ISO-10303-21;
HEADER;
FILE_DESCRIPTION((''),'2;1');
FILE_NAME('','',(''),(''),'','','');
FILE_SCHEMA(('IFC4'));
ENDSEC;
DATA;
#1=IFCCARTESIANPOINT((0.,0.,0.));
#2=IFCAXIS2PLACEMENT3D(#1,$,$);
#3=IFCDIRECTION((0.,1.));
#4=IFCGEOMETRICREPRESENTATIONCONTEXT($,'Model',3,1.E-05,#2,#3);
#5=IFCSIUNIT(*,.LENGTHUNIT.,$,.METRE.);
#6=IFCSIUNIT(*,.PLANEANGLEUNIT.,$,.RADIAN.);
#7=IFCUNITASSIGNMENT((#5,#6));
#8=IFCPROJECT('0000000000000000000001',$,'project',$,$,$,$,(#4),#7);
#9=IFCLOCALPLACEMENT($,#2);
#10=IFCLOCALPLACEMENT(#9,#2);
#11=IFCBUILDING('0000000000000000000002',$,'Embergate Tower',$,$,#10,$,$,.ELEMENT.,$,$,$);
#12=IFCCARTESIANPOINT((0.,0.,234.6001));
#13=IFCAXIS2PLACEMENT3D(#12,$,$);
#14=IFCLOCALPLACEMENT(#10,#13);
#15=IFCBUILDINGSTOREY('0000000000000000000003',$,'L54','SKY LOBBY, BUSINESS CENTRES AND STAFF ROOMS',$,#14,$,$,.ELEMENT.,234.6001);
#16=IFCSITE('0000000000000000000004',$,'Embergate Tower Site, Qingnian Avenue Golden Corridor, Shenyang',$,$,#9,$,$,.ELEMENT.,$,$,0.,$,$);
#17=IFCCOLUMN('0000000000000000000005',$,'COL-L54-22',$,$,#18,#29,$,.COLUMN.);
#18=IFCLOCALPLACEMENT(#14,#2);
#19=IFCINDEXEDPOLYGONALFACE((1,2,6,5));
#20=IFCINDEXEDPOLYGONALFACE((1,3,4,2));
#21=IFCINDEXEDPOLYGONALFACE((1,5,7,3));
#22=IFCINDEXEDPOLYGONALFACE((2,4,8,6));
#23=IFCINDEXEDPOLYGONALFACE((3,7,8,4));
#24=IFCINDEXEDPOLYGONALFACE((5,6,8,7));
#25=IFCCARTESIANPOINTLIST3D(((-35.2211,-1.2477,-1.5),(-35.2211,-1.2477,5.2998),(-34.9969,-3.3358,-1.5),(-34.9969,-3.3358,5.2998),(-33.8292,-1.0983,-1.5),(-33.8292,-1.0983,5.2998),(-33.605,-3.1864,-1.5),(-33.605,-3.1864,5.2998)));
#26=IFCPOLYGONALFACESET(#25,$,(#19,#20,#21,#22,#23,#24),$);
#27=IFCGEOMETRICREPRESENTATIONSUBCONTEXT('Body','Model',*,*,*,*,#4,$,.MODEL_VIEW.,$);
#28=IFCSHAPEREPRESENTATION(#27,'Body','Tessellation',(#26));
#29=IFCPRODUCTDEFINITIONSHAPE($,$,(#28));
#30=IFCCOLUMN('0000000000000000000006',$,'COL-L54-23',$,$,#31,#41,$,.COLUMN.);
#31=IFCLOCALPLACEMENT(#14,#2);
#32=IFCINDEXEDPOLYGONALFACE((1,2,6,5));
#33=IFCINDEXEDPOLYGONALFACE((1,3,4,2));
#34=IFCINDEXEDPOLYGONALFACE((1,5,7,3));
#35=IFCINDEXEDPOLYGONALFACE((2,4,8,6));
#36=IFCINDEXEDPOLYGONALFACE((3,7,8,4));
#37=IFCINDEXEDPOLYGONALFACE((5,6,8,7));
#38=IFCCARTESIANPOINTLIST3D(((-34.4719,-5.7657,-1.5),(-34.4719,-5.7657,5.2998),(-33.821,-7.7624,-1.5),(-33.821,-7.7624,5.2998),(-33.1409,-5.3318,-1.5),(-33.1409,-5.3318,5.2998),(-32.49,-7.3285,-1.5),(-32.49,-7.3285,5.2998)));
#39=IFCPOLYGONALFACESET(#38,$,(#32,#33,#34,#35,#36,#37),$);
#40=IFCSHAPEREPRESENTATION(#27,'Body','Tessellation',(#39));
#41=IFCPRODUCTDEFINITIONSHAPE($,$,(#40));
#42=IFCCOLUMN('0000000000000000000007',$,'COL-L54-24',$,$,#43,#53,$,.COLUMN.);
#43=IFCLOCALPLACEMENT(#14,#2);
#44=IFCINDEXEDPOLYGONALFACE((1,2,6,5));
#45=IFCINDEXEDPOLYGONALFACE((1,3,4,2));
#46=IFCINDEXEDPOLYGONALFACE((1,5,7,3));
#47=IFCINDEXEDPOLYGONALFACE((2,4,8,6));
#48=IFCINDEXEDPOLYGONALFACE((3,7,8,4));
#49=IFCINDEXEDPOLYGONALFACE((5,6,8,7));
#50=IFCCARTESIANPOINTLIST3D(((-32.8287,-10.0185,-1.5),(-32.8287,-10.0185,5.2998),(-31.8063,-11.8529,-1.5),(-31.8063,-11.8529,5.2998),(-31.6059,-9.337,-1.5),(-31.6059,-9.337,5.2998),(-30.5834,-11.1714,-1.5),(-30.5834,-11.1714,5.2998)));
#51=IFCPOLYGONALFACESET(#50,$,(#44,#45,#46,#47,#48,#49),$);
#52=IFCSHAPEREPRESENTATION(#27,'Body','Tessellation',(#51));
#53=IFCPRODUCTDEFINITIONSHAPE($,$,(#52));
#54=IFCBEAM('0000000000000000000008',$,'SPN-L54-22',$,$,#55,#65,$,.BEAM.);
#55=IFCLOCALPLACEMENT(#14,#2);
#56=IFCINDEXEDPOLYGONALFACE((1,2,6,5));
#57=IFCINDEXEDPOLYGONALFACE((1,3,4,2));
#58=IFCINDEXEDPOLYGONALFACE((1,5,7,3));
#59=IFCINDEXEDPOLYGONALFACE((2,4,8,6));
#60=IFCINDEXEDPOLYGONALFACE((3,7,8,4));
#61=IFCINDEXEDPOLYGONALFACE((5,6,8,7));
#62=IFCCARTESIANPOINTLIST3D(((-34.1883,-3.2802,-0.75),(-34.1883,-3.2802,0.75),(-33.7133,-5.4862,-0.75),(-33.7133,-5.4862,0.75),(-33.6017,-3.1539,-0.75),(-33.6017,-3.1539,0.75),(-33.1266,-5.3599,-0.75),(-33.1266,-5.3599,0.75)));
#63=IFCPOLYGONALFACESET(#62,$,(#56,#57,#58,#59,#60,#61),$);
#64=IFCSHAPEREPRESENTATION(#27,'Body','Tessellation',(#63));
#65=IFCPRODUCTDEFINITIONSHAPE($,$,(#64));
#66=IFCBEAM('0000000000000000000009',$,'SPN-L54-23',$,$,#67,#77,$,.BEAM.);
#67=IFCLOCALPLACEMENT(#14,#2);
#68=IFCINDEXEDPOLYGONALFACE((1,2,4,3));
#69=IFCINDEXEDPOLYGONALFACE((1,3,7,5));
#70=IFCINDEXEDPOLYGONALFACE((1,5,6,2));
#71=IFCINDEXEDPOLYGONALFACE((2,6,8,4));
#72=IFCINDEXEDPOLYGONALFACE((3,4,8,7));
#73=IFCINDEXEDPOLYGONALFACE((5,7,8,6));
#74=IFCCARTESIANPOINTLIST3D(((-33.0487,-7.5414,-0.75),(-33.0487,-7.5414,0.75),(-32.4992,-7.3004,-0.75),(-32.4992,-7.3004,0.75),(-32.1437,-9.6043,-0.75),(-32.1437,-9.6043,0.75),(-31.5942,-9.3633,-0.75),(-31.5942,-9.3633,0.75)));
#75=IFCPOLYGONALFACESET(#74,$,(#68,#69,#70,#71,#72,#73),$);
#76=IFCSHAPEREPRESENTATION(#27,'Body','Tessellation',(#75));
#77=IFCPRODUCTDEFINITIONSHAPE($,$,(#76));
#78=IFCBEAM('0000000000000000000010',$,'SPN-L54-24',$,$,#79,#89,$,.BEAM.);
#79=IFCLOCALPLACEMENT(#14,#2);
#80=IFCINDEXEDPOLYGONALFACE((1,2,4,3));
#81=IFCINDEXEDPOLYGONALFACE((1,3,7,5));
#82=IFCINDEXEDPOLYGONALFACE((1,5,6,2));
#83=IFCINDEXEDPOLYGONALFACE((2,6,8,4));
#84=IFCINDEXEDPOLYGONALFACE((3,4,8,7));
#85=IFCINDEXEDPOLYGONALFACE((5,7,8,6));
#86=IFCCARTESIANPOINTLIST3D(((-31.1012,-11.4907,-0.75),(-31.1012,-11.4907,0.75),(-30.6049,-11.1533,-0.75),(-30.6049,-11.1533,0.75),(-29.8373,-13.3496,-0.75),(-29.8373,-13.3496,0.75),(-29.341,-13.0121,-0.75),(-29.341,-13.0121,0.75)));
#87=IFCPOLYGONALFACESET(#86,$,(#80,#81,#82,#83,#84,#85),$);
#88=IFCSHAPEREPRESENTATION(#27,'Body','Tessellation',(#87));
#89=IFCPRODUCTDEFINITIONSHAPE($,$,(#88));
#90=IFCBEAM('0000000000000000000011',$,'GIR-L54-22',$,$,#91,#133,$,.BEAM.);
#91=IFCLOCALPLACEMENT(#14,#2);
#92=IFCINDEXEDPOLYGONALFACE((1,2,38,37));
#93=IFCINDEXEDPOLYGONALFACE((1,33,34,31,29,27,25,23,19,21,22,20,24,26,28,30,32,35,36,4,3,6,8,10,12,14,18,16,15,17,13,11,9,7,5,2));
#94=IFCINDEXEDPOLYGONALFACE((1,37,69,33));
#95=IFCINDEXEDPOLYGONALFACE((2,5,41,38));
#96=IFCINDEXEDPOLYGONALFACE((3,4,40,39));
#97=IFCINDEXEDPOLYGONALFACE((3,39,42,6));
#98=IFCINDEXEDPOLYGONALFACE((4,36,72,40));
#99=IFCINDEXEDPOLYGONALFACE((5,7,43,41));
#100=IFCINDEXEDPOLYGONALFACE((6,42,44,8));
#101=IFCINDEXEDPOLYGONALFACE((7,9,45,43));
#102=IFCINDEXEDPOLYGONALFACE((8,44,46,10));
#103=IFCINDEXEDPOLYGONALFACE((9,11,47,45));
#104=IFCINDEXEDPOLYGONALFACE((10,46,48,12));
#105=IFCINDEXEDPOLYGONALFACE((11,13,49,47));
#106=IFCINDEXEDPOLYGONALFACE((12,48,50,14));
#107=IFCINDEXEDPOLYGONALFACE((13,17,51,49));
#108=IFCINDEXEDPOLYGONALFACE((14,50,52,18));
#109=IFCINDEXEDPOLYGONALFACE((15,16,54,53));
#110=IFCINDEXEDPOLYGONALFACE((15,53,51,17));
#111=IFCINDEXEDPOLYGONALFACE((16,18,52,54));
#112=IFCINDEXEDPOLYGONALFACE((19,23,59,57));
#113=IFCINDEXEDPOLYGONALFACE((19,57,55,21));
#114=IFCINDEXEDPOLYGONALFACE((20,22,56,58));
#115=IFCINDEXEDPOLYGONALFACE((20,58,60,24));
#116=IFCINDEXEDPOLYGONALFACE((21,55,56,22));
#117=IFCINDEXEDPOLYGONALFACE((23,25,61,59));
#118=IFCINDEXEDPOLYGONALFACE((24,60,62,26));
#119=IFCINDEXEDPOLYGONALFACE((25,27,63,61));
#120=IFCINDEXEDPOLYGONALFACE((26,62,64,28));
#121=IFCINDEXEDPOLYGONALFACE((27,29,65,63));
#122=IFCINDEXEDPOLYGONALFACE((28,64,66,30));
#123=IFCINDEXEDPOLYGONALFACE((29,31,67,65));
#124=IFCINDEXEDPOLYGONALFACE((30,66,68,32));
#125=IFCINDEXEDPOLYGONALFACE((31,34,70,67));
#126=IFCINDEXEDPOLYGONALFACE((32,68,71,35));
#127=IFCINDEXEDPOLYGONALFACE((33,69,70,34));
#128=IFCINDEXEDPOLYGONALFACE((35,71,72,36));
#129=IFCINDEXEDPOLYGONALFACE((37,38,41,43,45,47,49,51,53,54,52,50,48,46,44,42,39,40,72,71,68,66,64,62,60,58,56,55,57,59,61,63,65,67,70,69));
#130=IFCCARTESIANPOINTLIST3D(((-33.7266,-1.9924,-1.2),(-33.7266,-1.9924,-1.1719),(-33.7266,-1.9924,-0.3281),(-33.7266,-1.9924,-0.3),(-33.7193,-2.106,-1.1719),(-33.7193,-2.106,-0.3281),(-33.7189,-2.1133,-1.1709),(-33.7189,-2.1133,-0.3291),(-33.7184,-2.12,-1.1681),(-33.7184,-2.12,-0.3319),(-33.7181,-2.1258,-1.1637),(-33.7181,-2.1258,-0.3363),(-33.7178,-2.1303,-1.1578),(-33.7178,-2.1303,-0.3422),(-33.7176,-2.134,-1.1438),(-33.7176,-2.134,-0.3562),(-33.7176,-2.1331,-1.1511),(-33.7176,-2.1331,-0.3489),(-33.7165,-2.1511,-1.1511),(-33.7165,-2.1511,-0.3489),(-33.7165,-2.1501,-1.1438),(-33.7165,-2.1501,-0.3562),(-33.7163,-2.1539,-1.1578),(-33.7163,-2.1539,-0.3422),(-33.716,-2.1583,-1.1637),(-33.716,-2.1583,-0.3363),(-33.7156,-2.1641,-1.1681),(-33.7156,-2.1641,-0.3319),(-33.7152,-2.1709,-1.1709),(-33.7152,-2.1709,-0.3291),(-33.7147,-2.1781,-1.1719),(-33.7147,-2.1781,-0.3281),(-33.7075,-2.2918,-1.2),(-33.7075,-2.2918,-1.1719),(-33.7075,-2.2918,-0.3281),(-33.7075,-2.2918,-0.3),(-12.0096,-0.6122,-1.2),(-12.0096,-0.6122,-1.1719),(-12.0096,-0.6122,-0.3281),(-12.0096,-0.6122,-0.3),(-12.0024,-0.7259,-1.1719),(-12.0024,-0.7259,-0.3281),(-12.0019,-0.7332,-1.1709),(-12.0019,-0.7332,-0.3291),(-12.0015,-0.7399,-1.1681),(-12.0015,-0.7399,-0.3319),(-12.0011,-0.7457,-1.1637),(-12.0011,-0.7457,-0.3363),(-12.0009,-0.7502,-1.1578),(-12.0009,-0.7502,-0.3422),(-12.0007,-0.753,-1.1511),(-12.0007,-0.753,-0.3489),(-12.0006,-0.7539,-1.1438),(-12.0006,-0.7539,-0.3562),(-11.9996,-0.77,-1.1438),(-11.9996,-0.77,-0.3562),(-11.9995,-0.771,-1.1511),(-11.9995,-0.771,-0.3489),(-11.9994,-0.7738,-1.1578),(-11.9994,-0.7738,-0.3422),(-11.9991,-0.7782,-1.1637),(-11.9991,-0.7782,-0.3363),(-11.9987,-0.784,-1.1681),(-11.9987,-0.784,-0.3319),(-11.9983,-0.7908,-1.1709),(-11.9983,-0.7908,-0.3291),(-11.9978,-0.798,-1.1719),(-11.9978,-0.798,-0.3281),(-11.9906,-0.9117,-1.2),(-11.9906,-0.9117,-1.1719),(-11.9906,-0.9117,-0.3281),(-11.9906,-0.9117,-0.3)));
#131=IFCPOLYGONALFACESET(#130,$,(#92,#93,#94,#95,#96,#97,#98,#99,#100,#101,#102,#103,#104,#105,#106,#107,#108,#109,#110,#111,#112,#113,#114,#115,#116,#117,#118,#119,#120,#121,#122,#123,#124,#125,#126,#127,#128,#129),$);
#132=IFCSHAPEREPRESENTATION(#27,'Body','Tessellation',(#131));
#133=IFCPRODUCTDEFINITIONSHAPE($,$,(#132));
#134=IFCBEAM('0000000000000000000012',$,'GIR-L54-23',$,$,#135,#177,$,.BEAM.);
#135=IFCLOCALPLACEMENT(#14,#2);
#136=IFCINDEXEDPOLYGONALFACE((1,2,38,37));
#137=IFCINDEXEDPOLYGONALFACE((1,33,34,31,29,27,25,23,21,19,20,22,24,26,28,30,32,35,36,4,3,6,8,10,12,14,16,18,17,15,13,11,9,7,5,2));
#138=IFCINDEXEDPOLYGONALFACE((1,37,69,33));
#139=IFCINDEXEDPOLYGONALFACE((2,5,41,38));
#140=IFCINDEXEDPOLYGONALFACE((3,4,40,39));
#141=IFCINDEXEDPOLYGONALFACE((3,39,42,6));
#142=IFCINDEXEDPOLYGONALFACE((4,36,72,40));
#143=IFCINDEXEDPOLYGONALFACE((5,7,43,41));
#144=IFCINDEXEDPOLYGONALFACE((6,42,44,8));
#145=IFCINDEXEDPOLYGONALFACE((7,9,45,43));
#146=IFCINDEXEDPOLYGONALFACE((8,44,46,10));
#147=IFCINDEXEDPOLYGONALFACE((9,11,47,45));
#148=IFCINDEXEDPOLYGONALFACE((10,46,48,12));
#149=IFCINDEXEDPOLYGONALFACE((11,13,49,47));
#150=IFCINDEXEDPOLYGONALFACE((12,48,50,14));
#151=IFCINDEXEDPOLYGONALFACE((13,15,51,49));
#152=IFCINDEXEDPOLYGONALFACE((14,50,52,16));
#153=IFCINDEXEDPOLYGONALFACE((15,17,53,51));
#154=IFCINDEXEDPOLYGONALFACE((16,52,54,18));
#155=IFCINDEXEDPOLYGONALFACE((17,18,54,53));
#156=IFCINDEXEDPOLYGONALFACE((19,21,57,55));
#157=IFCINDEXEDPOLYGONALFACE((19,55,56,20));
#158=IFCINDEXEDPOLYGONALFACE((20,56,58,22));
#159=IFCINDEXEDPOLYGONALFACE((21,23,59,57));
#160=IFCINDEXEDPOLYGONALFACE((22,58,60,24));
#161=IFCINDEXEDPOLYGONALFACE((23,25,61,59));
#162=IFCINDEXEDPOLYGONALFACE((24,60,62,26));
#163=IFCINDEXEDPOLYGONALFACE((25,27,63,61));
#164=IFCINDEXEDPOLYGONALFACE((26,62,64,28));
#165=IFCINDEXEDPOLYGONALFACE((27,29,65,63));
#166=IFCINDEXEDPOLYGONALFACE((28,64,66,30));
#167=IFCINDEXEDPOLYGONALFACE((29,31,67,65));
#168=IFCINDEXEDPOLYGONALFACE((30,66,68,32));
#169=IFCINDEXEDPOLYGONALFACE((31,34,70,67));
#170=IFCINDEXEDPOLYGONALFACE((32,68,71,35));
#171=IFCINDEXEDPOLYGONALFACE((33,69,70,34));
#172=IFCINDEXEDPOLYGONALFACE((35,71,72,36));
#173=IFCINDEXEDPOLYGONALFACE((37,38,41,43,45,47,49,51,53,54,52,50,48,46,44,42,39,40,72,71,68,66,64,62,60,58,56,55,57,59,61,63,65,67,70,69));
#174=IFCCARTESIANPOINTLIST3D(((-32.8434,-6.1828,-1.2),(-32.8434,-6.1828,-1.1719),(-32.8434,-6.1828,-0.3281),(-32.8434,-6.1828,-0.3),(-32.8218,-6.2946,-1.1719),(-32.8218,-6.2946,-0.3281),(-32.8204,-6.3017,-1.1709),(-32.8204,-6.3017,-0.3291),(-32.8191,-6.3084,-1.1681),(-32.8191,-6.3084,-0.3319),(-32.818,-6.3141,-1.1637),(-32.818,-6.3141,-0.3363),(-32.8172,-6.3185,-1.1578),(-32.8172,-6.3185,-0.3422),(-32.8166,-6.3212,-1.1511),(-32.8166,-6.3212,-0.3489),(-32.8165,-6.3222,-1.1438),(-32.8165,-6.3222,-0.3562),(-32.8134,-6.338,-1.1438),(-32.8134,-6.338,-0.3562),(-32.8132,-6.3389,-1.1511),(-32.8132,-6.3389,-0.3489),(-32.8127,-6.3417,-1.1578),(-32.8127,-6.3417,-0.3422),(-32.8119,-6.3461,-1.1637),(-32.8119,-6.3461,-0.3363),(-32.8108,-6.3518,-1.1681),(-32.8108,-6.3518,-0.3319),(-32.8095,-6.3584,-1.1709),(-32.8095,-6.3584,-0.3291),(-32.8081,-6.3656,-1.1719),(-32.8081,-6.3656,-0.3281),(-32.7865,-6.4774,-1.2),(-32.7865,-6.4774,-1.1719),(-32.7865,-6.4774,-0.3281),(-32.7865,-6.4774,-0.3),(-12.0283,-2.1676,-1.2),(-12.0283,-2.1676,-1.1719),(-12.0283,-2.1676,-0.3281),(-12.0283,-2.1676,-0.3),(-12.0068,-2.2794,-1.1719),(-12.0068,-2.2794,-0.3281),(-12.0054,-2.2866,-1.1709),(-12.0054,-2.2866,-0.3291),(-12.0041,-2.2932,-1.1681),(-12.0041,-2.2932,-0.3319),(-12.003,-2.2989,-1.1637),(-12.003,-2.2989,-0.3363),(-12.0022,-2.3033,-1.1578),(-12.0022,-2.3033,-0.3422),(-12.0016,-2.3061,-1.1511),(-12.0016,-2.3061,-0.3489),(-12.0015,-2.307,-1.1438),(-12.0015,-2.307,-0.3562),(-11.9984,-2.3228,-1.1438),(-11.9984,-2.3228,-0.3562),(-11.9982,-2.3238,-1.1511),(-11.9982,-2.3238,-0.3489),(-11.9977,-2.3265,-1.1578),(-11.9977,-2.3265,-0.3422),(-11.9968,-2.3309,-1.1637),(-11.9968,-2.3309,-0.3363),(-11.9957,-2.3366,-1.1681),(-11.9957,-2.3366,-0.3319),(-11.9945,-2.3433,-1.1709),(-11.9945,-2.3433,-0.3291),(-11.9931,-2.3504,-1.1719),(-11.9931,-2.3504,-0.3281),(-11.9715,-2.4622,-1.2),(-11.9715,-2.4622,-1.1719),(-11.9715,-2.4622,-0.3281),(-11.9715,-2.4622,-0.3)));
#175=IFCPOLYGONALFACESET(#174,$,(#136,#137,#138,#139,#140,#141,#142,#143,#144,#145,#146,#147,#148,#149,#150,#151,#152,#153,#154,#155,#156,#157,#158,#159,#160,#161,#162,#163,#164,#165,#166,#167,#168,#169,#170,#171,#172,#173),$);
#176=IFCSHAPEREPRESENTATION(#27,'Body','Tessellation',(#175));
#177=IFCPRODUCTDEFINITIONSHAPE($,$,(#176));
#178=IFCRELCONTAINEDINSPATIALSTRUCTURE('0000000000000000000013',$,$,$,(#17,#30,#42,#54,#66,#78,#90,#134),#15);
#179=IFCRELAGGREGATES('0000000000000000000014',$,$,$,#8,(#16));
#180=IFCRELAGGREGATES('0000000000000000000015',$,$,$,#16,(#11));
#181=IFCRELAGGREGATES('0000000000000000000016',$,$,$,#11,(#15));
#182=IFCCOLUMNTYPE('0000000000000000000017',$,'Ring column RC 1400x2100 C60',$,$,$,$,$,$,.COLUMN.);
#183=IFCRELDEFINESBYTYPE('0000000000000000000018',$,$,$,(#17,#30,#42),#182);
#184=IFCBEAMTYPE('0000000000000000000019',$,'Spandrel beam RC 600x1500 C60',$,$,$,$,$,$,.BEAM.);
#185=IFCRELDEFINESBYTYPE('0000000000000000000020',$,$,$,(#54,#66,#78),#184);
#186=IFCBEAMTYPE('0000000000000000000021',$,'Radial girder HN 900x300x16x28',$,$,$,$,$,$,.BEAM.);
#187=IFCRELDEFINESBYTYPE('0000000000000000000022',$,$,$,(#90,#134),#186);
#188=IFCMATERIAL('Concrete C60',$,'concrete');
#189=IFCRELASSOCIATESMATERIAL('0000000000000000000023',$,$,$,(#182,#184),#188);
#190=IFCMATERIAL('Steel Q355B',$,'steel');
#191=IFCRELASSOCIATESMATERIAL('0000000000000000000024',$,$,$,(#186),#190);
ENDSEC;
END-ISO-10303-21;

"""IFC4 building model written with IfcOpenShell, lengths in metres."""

from ifc_helpers import new_model, si_unit, direction, frame, origin, origin_2d, place, context, subcontext, project, spatial, rectangle, i_section, extrude, source, transform, mapped, material, material_profile, profile_set, type_object, element, save


model = new_model("IFC4")

# Units and contexts
model_context = context("Model", 3, precision=1e-05, world=origin(), true_north=direction((0.0, 1.0)))
body_context = subcontext(model_context, "Body", "Model", "MODEL_VIEW")
ifc_project = project(units=[si_unit("LENGTHUNIT", "METRE"), si_unit("PLANEANGLEUNIT", "RADIAN")], contexts=[model_context])

# Site, building, storey
site_placement = place(None, origin())
site = spatial("IfcSite", under=ifc_project, at=site_placement, Name="Embergate Tower Site, Qingnian Avenue Golden Corridor, Shenyang", CompositionType="ELEMENT", RefElevation=0.0)
building_placement = place(site_placement, origin())
building = spatial("IfcBuilding", under=site, at=building_placement, Name="Embergate Tower", CompositionType="ELEMENT")
storey_placement = place(building_placement, frame((0.0, 0.0, 234.6001)))
storey = spatial("IfcBuildingStorey", under=building, at=storey_placement, Name="L54", Description="SKY LOBBY, BUSINESS CENTRES AND STAFF ROOMS", CompositionType="ELEMENT", Elevation=234.6001)

# Columns
ifc_material_1 = material(Name="Concrete C60", Category="concrete")
ifc_material_profile_1 = material_profile(ifc_material_1, rectangle(XDim=1.3999, YDim=2.1001, at=origin_2d()), Name="RC 1400x2100")
ifc_profile_set_1 = profile_set([ifc_material_profile_1], Name="Concrete C60")
column_type = type_object("IfcColumnType", Name="Ring column RC 1400x2100 C60", PredefinedType="COLUMN", material=ifc_profile_set_1)
shared_shape_1 = source(origin(), body_context, "Body", "SweptSolid", [
    extrude(rectangle(XDim=1.3999, YDim=2.1001, at=origin_2d()), origin(), (0.0, 0.0, 1.0), 6.7998),
])
for number, where, z_axis, x_axis, name in (
    (1, (-34.4131, -2.217, -1.5), (0.0, 0.0, 1.0), (-0.994286, -0.10675, 0.0), "COL-L54-22"),
    (2, (-33.481, -6.5471, -1.5), (0.0, 0.0, 1.0), (-0.950754, -0.309946, 0.0), "COL-L54-23"),
    (3, (-31.7061, -10.595, -1.5), (0.0, 0.0, 1.0), (-0.873492, -0.486839, 0.0), "COL-L54-24"),
):
    element("IfcColumn", number, at=place(storey_placement, frame(where, z_axis=z_axis, x_axis=x_axis)), inside=storey, type_object=column_type, Name=name, PredefinedType="COLUMN", context=body_context, shape_type="MappedRepresentation", body=[
        mapped(shared_shape_1, transform((0.0, 0.0, 0.0))),
    ])

# Beams
ifc_material_profile_2 = material_profile(ifc_material_1, rectangle(XDim=0.6001, YDim=1.5, at=origin_2d()), Name="RC 600x1500")
ifc_profile_set_2 = profile_set([ifc_material_profile_2], Name="Concrete C60")
beam_type_1 = type_object("IfcBeamType", Name="Spandrel beam RC 600x1500 C60", PredefinedType="BEAM", material=ifc_profile_set_2)
shared_shape_2 = source(origin(), body_context, "Body", "SweptSolid", [
    extrude(rectangle(XDim=0.6001, YDim=1.5, at=origin_2d()), origin(), (0.0, 0.0, 1.0), 2.2566),
])
beam_1_placement = place(storey_placement, frame((-33.895, -3.217, 0.0), z_axis=(0.210534, -0.977587, 0.0), x_axis=(0.977587, 0.210534, 0.0)))
element("IfcBeam", 4, at=beam_1_placement, inside=storey, type_object=beam_type_1, Name="SPN-L54-22", PredefinedType="BEAM", context=body_context, shape_type="MappedRepresentation", body=[
    mapped(shared_shape_2, transform((0.0, 0.0, 0.0))),
])
shared_shape_3 = source(origin(), body_context, "Body", "SweptSolid", [
    extrude(rectangle(XDim=0.6001, YDim=1.5, at=origin_2d()), origin(), (0.0, 0.0, 1.0), 2.2527),
])
beam_2_placement = place(storey_placement, frame((-32.7739, -7.4209, 0.0), z_axis=(0.40174, -0.915754, 0.0), x_axis=(0.915754, 0.40174, 0.0)))
element("IfcBeam", 5, at=beam_2_placement, inside=storey, type_object=beam_type_1, Name="SPN-L54-23", PredefinedType="BEAM", context=body_context, shape_type="MappedRepresentation", body=[
    mapped(shared_shape_3, transform((0.0, 0.0, 0.0))),
])
shared_shape_4 = source(origin(), body_context, "Body", "SweptSolid", [
    extrude(rectangle(XDim=0.6001, YDim=1.5, at=origin_2d()), origin(), (0.0, 0.0, 1.0), 2.2478),
])
beam_3_placement = place(storey_placement, frame((-30.853, -11.322, 0.0), z_axis=(0.562271, -0.826953, 0.0), x_axis=(0.826953, 0.562271, 0.0)))
element("IfcBeam", 6, at=beam_3_placement, inside=storey, type_object=beam_type_1, Name="SPN-L54-24", PredefinedType="BEAM", context=body_context, shape_type="MappedRepresentation", body=[
    mapped(shared_shape_4, transform((0.0, 0.0, 0.0))),
])
ifc_material_2 = material(Name="Steel Q355B", Category="steel")
ifc_material_profile_3 = material_profile(ifc_material_2, i_section(OverallWidth=0.3, OverallDepth=0.8999, WebThickness=0.0161, FlangeThickness=0.0281, FilletRadius=0.0281, at=origin_2d()), Name="HN 900x300x16x28")
ifc_profile_set_3 = profile_set([ifc_material_profile_3], Name="Steel Q355 grade B")
beam_type_2 = type_object("IfcBeamType", Name="Radial girder HN 900x300x16x28", PredefinedType="BEAM", material=ifc_profile_set_3)
shared_shape_5 = source(origin(), body_context, "Body", "SweptSolid", [
    extrude(i_section(OverallWidth=0.3, OverallDepth=0.8999, WebThickness=0.0161, FlangeThickness=0.0281, FilletRadius=0.0281, at=origin_2d()), origin(), (0.0, 0.0, 1.0), 21.7607),
])
beam_4_placement = place(storey_placement, frame((-33.717, -2.1421, -0.75), z_axis=(0.997987, 0.063422, 0.0), x_axis=(-0.063422, 0.997987, 0.0)))
element("IfcBeam", 7, at=beam_4_placement, inside=storey, type_object=beam_type_2, Name="GIR-L54-22", PredefinedType="BEAM", context=body_context, shape_type="MappedRepresentation", body=[
    mapped(shared_shape_5, transform((0.0, 0.0, 0.0))),
])
shared_shape_6 = source(origin(), body_context, "Body", "SweptSolid", [
    extrude(i_section(OverallWidth=0.3, OverallDepth=0.8999, WebThickness=0.0161, FlangeThickness=0.0281, FilletRadius=0.0281, at=origin_2d()), origin(), (0.0, 0.0, 1.0), 21.1987),
])
beam_5_placement = place(storey_placement, frame((-32.8149, -6.3301, -0.75), z_axis=(0.981899, 0.189405, 0.0), x_axis=(-0.189405, 0.981899, 0.0)))
element("IfcBeam", 8, at=beam_5_placement, inside=storey, type_object=beam_type_2, Name="GIR-L54-23", PredefinedType="BEAM", context=body_context, shape_type="MappedRepresentation", body=[
    mapped(shared_shape_6, transform((0.0, 0.0, 0.0))),
])

save(model, "model.ifc")
